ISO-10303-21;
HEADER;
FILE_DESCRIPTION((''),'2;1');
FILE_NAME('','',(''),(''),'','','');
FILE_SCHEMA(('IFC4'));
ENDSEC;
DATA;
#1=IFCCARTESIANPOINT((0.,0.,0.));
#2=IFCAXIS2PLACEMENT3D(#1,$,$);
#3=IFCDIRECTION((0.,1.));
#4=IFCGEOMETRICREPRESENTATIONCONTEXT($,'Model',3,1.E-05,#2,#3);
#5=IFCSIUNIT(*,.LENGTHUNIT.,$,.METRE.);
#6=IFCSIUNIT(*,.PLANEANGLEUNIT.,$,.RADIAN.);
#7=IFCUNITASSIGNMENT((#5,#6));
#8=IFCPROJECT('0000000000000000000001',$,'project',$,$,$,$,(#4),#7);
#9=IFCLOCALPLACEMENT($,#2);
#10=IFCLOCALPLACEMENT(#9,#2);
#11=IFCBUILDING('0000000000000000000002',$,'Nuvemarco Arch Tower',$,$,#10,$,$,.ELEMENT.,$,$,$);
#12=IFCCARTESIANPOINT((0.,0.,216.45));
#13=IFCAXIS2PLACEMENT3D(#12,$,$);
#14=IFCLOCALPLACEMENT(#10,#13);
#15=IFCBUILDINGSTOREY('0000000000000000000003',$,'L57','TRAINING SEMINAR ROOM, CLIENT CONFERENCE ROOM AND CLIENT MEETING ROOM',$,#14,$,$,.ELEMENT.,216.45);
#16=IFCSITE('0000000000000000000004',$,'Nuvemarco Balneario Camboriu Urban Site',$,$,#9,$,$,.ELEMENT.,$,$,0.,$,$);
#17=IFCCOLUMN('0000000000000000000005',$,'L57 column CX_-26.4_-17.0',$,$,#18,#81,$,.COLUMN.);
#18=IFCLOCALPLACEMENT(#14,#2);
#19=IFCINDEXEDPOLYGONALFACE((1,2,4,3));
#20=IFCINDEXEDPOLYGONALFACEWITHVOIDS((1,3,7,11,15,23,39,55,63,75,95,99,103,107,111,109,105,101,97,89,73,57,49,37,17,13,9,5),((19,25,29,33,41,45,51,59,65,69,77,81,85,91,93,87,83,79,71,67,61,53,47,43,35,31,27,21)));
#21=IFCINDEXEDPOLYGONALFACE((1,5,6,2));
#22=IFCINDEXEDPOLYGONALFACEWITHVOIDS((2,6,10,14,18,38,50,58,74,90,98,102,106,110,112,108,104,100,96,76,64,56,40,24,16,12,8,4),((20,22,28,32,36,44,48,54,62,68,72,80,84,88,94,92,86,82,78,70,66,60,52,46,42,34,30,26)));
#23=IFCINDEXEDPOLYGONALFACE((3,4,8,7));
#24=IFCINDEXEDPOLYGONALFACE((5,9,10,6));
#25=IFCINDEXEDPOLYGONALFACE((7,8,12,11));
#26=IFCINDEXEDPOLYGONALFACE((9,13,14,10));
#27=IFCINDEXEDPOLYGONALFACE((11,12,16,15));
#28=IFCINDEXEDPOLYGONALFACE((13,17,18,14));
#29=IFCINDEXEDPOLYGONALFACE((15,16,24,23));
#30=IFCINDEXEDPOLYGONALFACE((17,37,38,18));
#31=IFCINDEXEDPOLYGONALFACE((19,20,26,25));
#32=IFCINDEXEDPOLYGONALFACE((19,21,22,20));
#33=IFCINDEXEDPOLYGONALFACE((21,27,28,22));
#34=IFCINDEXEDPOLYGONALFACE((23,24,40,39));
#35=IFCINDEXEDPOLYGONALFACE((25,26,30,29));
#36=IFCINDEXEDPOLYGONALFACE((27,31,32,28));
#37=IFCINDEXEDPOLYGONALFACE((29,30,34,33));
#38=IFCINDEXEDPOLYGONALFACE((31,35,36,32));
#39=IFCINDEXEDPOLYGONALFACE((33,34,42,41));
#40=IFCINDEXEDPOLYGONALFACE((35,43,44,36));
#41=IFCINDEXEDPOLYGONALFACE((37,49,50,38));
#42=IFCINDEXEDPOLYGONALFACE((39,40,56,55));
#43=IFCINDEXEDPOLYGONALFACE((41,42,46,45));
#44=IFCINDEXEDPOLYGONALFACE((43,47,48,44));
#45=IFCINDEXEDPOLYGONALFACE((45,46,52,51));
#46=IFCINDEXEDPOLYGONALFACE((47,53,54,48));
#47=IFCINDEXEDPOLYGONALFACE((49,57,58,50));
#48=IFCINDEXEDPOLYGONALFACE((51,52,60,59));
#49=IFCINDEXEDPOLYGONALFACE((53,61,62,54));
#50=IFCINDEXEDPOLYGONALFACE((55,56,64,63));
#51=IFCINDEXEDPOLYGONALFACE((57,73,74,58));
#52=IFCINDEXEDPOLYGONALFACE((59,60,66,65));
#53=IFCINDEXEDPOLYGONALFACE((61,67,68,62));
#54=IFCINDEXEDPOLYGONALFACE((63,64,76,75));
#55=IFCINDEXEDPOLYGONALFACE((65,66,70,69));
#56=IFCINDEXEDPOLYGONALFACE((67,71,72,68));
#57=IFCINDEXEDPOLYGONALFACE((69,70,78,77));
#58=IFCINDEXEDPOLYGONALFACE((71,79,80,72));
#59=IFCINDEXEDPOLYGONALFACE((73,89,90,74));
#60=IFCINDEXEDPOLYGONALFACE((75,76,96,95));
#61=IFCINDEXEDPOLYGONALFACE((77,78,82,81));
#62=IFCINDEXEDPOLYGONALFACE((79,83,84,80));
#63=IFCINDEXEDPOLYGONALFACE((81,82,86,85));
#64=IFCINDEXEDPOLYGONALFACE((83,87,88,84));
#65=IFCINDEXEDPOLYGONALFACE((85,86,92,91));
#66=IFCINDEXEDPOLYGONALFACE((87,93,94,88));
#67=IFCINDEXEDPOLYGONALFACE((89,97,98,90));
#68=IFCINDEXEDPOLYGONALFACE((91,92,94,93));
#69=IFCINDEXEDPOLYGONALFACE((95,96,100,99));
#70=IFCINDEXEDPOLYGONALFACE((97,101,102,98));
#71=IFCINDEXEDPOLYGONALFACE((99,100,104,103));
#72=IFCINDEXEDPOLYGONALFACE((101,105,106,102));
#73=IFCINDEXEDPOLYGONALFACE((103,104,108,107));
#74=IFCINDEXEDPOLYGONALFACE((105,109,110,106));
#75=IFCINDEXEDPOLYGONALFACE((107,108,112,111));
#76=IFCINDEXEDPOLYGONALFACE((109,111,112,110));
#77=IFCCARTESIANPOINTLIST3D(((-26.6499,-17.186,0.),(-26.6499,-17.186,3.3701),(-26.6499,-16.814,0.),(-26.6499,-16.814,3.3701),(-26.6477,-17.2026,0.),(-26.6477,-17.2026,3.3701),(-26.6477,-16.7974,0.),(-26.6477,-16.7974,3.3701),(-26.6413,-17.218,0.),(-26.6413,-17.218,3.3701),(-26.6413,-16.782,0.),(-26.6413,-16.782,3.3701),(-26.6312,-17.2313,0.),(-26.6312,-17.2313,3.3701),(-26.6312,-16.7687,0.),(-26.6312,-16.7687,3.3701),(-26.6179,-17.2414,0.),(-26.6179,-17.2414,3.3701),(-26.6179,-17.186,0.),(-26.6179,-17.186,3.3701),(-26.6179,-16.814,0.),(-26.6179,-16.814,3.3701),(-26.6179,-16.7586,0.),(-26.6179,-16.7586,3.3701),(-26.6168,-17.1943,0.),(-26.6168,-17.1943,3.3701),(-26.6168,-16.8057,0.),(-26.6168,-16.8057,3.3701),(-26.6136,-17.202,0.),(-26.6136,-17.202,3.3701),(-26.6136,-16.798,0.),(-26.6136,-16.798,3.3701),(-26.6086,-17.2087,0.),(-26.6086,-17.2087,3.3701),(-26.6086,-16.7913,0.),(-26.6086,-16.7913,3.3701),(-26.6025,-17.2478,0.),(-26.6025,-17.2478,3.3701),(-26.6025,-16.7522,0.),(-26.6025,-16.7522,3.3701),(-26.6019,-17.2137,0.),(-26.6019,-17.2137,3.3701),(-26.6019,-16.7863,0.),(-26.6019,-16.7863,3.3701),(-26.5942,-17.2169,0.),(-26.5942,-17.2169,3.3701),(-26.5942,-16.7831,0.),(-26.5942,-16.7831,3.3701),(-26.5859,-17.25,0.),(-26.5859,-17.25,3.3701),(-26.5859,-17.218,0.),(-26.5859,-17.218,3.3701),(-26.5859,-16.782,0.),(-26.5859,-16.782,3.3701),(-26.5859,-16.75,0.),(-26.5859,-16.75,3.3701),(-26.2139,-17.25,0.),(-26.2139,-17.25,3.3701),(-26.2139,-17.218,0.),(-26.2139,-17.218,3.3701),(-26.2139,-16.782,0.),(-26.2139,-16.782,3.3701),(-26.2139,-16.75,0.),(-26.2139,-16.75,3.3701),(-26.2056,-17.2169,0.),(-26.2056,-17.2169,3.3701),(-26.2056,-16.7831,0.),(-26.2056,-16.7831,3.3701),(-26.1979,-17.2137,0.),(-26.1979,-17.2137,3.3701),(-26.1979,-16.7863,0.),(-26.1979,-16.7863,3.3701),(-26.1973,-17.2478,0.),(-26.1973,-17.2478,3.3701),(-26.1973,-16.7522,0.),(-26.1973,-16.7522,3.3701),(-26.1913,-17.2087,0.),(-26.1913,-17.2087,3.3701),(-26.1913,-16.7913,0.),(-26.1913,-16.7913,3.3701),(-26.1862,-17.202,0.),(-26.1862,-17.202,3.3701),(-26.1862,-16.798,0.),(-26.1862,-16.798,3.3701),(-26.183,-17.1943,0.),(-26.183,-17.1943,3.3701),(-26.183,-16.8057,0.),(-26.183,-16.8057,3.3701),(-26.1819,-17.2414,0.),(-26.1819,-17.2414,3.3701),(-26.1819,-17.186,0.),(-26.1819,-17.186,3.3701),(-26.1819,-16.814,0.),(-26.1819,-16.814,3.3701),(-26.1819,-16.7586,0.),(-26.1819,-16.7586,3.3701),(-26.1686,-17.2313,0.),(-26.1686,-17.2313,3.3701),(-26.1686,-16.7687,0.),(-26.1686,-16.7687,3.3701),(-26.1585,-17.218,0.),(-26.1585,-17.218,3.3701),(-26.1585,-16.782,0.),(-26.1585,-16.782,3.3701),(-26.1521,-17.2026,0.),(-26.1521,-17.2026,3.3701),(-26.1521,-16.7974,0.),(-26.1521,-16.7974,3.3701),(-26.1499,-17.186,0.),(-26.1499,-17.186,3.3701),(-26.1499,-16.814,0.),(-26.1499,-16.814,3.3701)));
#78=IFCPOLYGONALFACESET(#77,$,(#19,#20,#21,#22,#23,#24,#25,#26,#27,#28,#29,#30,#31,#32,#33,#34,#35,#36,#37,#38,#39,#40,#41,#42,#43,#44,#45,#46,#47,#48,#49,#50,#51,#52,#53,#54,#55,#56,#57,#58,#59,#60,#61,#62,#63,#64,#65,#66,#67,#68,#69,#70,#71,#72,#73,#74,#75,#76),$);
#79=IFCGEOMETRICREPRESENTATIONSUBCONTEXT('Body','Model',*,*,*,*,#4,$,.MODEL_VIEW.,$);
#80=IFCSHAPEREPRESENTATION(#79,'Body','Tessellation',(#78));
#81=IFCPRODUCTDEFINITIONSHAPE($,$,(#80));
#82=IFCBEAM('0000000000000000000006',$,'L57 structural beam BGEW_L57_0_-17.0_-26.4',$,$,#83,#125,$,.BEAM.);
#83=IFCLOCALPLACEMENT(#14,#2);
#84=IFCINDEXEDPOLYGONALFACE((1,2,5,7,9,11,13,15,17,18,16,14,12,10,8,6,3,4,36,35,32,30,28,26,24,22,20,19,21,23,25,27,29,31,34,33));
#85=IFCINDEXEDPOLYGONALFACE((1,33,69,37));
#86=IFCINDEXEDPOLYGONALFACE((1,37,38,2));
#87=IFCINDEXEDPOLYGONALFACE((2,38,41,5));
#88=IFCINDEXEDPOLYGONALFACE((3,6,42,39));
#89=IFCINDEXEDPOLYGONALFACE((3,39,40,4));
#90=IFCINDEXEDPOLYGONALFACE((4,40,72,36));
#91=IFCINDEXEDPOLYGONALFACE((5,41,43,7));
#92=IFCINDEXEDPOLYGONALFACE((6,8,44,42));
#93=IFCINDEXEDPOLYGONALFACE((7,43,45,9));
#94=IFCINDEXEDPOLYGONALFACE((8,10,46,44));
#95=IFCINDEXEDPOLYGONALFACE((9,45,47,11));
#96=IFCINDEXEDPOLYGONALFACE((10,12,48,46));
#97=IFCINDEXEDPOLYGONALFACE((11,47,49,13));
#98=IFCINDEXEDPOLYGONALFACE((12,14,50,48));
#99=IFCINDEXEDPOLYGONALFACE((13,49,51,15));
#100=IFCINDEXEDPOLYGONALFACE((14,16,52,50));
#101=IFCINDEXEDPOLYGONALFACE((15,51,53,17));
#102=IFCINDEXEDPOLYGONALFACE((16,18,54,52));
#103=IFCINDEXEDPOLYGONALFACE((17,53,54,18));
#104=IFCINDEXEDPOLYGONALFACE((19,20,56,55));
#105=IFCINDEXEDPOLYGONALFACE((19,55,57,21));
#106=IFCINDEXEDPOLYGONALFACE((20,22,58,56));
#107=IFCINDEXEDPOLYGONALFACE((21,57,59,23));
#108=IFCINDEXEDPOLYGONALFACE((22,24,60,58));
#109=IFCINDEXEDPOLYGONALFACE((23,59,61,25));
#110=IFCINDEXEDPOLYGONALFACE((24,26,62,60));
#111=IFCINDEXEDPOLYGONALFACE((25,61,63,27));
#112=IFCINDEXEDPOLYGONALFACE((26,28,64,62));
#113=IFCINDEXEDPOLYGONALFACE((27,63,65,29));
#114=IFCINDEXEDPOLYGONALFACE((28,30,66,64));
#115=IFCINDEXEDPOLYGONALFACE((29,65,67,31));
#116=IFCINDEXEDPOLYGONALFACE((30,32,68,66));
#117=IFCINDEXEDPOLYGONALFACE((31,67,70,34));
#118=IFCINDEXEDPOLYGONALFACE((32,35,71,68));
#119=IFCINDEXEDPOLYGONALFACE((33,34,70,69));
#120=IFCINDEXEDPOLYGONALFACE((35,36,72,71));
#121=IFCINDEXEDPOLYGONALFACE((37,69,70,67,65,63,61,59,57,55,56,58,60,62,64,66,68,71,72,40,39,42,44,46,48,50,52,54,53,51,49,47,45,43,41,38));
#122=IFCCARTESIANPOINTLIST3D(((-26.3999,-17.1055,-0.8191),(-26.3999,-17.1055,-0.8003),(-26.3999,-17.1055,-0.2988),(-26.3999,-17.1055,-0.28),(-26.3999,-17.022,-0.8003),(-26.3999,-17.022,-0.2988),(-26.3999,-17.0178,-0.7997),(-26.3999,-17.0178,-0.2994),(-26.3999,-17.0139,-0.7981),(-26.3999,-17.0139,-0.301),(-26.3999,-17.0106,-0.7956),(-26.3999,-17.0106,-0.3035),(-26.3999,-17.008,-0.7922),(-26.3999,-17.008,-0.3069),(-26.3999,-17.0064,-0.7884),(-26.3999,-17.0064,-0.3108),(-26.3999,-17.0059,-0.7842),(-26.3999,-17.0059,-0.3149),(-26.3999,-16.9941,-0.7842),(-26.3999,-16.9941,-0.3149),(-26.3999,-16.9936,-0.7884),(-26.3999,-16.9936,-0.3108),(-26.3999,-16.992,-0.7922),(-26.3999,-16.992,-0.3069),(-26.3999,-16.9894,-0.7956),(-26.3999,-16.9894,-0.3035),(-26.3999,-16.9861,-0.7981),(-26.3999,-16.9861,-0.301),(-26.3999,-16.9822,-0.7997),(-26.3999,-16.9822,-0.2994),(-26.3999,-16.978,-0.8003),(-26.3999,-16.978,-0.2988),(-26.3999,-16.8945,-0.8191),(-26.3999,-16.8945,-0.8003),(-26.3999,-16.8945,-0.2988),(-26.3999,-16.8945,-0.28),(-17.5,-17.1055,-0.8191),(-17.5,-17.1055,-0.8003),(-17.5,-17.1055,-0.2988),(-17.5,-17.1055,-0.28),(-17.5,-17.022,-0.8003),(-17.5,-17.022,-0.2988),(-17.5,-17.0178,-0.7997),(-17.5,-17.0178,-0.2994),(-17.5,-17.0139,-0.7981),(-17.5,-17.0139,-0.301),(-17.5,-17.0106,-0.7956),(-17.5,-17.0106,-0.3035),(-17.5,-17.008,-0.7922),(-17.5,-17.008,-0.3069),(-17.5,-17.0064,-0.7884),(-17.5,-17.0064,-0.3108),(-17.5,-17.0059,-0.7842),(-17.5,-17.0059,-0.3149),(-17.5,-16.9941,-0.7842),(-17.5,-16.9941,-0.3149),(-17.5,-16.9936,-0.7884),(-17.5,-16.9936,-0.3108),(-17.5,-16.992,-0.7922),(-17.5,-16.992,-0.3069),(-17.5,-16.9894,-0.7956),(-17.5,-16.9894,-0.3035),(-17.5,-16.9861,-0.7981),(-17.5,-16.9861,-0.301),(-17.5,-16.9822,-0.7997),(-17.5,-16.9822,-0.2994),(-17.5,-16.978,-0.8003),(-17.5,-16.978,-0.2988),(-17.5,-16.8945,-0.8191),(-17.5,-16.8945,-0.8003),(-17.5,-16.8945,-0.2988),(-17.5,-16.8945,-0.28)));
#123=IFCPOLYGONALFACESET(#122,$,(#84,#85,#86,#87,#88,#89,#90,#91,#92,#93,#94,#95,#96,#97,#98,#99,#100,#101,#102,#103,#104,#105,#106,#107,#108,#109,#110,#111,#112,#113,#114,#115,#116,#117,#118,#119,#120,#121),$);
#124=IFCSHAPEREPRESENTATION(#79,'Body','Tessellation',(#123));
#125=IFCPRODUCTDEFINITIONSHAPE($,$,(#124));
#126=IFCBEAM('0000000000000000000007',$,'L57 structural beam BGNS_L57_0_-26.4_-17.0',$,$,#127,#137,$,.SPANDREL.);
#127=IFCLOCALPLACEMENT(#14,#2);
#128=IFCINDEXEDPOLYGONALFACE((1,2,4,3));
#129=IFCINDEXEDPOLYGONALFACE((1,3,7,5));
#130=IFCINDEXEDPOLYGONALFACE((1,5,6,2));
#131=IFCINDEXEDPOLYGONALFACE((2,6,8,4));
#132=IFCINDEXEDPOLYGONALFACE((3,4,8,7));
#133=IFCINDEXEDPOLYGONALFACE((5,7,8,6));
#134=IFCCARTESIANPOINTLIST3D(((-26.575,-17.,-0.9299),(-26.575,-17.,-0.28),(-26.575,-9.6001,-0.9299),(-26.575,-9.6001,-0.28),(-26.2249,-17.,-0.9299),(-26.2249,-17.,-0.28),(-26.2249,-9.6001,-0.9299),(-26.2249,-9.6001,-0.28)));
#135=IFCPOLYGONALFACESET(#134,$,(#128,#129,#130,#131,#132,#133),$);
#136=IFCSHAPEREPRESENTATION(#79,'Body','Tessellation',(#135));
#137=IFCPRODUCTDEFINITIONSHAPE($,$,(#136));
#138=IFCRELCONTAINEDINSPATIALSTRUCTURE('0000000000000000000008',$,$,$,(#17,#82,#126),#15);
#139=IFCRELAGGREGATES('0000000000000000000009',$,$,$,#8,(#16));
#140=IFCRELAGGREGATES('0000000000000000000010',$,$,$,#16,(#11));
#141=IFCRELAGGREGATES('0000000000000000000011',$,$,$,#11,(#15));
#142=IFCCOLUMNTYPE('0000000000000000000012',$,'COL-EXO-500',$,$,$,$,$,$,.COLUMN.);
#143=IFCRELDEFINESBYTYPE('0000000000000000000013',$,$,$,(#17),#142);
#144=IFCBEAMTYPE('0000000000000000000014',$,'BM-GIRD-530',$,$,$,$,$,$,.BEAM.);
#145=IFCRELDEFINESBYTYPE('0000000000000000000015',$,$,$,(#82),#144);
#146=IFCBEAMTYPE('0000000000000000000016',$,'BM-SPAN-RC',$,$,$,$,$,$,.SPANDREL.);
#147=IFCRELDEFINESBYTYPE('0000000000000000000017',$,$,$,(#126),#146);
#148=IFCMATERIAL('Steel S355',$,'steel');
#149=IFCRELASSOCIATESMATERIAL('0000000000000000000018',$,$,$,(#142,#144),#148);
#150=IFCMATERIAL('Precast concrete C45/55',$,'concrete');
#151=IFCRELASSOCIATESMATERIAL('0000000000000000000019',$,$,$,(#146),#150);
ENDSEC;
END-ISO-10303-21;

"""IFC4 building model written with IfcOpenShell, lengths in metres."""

from ifc_helpers import new_model, si_unit, direction, frame, origin, origin_2d, place, context, subcontext, project, spatial, rectangle, hollow_rectangle, i_section, extrude, material, material_profile, profile_set, type_object, element, save


model = new_model("IFC4")

# Units and contexts
model_context = context("Model", 3, precision=1e-05, world=origin(), true_north=direction((0.0, 1.0)))
body_context = subcontext(model_context, "Body", "Model", "MODEL_VIEW")
ifc_project = project(units=[si_unit("LENGTHUNIT", "METRE"), si_unit("PLANEANGLEUNIT", "RADIAN")], contexts=[model_context])

# Site, building, storey
site_placement = place(None, origin())
site = spatial("IfcSite", under=ifc_project, at=site_placement, Name="Nuvemarco Balneario Camboriu Urban Site", CompositionType="ELEMENT", RefElevation=0.0)
building_placement = place(site_placement, origin())
building = spatial("IfcBuilding", under=site, at=building_placement, Name="Nuvemarco Arch Tower", CompositionType="ELEMENT")
storey_placement = place(building_placement, frame((0.0, 0.0, 216.45)))
storey = spatial("IfcBuildingStorey", under=building, at=storey_placement, Name="L57", Description="TRAINING SEMINAR ROOM, CLIENT CONFERENCE ROOM AND CLIENT MEETING ROOM", CompositionType="ELEMENT", Elevation=216.45)

# Column
ifc_material_1 = material(Name="Steel S355", Category="steel")
ifc_material_profile_1 = material_profile(ifc_material_1, hollow_rectangle(XDim=0.5, YDim=0.5, WallThickness=0.032, InnerFilletRadius=0.032, OuterFilletRadius=0.064, at=origin_2d()), Name="SHS500x500x32")
ifc_profile_set_1 = profile_set([ifc_material_profile_1], Name="Steel S355")
column_type = type_object("IfcColumnType", Name="COL-EXO-500", PredefinedType="COLUMN", material=ifc_profile_set_1)
column_placement = place(storey_placement, frame((-26.3999, -17.0, 0.0), z_axis=(0.0, 0.0, 1.0), x_axis=(1.0, 0.0, 0.0)))
element("IfcColumn", 1, at=column_placement, inside=storey, type_object=column_type, Name="L57 column CX_-26.4_-17.0", PredefinedType="COLUMN", context=body_context, shape_type="SweptSolid", body=[
    extrude(hollow_rectangle(XDim=0.5, YDim=0.5, WallThickness=0.032, InnerFilletRadius=0.032, OuterFilletRadius=0.064, at=origin_2d()), origin(), (0.0, 0.0, 1.0), 3.3701),
])

# Beams
ifc_material_profile_2 = material_profile(ifc_material_1, i_section(OverallWidth=0.2109, OverallDepth=0.5391, WebThickness=0.0117, FlangeThickness=0.0188, FilletRadius=0.0161, at=origin_2d()), Name="W530x109")
ifc_profile_set_2 = profile_set([ifc_material_profile_2], Name="Steel S355")
beam_type_1 = type_object("IfcBeamType", Name="BM-GIRD-530", PredefinedType="BEAM", material=ifc_profile_set_2)
beam_1_placement = place(storey_placement, frame((-26.3999, -17.0, -0.5496), z_axis=(1.0, 0.0, 0.0), x_axis=(0.0, 1.0, 0.0)))
element("IfcBeam", 2, at=beam_1_placement, inside=storey, type_object=beam_type_1, Name="L57 structural beam BGEW_L57_0_-17.0_-26.4", PredefinedType="BEAM", context=body_context, shape_type="SweptSolid", body=[
    extrude(i_section(OverallWidth=0.2109, OverallDepth=0.5391, WebThickness=0.0117, FlangeThickness=0.0188, FilletRadius=0.0161, at=origin_2d()), origin(), (0.0, 0.0, 1.0), 8.8999),
])
ifc_material_2 = material(Name="Precast concrete C45/55", Category="concrete")
ifc_material_profile_3 = material_profile(ifc_material_2, rectangle(XDim=0.3501, YDim=0.6499, at=origin_2d()), Name="PC-SP-350x650")
ifc_profile_set_3 = profile_set([ifc_material_profile_3], Name="Precast concrete C45/55")
beam_type_2 = type_object("IfcBeamType", Name="BM-SPAN-RC", PredefinedType="SPANDREL", material=ifc_profile_set_3)
beam_2_placement = place(storey_placement, frame((-26.3999, -17.0, -0.605), z_axis=(0.0, 1.0, 0.0), x_axis=(-1.0, 0.0, 0.0)))
element("IfcBeam", 3, at=beam_2_placement, inside=storey, type_object=beam_type_2, Name="L57 structural beam BGNS_L57_0_-26.4_-17.0", PredefinedType="SPANDREL", context=body_context, shape_type="SweptSolid", body=[
    extrude(rectangle(XDim=0.3501, YDim=0.6499, at=origin_2d()), origin(), (0.0, 0.0, 1.0), 7.3999),
])

save(model, "model.ifc")
